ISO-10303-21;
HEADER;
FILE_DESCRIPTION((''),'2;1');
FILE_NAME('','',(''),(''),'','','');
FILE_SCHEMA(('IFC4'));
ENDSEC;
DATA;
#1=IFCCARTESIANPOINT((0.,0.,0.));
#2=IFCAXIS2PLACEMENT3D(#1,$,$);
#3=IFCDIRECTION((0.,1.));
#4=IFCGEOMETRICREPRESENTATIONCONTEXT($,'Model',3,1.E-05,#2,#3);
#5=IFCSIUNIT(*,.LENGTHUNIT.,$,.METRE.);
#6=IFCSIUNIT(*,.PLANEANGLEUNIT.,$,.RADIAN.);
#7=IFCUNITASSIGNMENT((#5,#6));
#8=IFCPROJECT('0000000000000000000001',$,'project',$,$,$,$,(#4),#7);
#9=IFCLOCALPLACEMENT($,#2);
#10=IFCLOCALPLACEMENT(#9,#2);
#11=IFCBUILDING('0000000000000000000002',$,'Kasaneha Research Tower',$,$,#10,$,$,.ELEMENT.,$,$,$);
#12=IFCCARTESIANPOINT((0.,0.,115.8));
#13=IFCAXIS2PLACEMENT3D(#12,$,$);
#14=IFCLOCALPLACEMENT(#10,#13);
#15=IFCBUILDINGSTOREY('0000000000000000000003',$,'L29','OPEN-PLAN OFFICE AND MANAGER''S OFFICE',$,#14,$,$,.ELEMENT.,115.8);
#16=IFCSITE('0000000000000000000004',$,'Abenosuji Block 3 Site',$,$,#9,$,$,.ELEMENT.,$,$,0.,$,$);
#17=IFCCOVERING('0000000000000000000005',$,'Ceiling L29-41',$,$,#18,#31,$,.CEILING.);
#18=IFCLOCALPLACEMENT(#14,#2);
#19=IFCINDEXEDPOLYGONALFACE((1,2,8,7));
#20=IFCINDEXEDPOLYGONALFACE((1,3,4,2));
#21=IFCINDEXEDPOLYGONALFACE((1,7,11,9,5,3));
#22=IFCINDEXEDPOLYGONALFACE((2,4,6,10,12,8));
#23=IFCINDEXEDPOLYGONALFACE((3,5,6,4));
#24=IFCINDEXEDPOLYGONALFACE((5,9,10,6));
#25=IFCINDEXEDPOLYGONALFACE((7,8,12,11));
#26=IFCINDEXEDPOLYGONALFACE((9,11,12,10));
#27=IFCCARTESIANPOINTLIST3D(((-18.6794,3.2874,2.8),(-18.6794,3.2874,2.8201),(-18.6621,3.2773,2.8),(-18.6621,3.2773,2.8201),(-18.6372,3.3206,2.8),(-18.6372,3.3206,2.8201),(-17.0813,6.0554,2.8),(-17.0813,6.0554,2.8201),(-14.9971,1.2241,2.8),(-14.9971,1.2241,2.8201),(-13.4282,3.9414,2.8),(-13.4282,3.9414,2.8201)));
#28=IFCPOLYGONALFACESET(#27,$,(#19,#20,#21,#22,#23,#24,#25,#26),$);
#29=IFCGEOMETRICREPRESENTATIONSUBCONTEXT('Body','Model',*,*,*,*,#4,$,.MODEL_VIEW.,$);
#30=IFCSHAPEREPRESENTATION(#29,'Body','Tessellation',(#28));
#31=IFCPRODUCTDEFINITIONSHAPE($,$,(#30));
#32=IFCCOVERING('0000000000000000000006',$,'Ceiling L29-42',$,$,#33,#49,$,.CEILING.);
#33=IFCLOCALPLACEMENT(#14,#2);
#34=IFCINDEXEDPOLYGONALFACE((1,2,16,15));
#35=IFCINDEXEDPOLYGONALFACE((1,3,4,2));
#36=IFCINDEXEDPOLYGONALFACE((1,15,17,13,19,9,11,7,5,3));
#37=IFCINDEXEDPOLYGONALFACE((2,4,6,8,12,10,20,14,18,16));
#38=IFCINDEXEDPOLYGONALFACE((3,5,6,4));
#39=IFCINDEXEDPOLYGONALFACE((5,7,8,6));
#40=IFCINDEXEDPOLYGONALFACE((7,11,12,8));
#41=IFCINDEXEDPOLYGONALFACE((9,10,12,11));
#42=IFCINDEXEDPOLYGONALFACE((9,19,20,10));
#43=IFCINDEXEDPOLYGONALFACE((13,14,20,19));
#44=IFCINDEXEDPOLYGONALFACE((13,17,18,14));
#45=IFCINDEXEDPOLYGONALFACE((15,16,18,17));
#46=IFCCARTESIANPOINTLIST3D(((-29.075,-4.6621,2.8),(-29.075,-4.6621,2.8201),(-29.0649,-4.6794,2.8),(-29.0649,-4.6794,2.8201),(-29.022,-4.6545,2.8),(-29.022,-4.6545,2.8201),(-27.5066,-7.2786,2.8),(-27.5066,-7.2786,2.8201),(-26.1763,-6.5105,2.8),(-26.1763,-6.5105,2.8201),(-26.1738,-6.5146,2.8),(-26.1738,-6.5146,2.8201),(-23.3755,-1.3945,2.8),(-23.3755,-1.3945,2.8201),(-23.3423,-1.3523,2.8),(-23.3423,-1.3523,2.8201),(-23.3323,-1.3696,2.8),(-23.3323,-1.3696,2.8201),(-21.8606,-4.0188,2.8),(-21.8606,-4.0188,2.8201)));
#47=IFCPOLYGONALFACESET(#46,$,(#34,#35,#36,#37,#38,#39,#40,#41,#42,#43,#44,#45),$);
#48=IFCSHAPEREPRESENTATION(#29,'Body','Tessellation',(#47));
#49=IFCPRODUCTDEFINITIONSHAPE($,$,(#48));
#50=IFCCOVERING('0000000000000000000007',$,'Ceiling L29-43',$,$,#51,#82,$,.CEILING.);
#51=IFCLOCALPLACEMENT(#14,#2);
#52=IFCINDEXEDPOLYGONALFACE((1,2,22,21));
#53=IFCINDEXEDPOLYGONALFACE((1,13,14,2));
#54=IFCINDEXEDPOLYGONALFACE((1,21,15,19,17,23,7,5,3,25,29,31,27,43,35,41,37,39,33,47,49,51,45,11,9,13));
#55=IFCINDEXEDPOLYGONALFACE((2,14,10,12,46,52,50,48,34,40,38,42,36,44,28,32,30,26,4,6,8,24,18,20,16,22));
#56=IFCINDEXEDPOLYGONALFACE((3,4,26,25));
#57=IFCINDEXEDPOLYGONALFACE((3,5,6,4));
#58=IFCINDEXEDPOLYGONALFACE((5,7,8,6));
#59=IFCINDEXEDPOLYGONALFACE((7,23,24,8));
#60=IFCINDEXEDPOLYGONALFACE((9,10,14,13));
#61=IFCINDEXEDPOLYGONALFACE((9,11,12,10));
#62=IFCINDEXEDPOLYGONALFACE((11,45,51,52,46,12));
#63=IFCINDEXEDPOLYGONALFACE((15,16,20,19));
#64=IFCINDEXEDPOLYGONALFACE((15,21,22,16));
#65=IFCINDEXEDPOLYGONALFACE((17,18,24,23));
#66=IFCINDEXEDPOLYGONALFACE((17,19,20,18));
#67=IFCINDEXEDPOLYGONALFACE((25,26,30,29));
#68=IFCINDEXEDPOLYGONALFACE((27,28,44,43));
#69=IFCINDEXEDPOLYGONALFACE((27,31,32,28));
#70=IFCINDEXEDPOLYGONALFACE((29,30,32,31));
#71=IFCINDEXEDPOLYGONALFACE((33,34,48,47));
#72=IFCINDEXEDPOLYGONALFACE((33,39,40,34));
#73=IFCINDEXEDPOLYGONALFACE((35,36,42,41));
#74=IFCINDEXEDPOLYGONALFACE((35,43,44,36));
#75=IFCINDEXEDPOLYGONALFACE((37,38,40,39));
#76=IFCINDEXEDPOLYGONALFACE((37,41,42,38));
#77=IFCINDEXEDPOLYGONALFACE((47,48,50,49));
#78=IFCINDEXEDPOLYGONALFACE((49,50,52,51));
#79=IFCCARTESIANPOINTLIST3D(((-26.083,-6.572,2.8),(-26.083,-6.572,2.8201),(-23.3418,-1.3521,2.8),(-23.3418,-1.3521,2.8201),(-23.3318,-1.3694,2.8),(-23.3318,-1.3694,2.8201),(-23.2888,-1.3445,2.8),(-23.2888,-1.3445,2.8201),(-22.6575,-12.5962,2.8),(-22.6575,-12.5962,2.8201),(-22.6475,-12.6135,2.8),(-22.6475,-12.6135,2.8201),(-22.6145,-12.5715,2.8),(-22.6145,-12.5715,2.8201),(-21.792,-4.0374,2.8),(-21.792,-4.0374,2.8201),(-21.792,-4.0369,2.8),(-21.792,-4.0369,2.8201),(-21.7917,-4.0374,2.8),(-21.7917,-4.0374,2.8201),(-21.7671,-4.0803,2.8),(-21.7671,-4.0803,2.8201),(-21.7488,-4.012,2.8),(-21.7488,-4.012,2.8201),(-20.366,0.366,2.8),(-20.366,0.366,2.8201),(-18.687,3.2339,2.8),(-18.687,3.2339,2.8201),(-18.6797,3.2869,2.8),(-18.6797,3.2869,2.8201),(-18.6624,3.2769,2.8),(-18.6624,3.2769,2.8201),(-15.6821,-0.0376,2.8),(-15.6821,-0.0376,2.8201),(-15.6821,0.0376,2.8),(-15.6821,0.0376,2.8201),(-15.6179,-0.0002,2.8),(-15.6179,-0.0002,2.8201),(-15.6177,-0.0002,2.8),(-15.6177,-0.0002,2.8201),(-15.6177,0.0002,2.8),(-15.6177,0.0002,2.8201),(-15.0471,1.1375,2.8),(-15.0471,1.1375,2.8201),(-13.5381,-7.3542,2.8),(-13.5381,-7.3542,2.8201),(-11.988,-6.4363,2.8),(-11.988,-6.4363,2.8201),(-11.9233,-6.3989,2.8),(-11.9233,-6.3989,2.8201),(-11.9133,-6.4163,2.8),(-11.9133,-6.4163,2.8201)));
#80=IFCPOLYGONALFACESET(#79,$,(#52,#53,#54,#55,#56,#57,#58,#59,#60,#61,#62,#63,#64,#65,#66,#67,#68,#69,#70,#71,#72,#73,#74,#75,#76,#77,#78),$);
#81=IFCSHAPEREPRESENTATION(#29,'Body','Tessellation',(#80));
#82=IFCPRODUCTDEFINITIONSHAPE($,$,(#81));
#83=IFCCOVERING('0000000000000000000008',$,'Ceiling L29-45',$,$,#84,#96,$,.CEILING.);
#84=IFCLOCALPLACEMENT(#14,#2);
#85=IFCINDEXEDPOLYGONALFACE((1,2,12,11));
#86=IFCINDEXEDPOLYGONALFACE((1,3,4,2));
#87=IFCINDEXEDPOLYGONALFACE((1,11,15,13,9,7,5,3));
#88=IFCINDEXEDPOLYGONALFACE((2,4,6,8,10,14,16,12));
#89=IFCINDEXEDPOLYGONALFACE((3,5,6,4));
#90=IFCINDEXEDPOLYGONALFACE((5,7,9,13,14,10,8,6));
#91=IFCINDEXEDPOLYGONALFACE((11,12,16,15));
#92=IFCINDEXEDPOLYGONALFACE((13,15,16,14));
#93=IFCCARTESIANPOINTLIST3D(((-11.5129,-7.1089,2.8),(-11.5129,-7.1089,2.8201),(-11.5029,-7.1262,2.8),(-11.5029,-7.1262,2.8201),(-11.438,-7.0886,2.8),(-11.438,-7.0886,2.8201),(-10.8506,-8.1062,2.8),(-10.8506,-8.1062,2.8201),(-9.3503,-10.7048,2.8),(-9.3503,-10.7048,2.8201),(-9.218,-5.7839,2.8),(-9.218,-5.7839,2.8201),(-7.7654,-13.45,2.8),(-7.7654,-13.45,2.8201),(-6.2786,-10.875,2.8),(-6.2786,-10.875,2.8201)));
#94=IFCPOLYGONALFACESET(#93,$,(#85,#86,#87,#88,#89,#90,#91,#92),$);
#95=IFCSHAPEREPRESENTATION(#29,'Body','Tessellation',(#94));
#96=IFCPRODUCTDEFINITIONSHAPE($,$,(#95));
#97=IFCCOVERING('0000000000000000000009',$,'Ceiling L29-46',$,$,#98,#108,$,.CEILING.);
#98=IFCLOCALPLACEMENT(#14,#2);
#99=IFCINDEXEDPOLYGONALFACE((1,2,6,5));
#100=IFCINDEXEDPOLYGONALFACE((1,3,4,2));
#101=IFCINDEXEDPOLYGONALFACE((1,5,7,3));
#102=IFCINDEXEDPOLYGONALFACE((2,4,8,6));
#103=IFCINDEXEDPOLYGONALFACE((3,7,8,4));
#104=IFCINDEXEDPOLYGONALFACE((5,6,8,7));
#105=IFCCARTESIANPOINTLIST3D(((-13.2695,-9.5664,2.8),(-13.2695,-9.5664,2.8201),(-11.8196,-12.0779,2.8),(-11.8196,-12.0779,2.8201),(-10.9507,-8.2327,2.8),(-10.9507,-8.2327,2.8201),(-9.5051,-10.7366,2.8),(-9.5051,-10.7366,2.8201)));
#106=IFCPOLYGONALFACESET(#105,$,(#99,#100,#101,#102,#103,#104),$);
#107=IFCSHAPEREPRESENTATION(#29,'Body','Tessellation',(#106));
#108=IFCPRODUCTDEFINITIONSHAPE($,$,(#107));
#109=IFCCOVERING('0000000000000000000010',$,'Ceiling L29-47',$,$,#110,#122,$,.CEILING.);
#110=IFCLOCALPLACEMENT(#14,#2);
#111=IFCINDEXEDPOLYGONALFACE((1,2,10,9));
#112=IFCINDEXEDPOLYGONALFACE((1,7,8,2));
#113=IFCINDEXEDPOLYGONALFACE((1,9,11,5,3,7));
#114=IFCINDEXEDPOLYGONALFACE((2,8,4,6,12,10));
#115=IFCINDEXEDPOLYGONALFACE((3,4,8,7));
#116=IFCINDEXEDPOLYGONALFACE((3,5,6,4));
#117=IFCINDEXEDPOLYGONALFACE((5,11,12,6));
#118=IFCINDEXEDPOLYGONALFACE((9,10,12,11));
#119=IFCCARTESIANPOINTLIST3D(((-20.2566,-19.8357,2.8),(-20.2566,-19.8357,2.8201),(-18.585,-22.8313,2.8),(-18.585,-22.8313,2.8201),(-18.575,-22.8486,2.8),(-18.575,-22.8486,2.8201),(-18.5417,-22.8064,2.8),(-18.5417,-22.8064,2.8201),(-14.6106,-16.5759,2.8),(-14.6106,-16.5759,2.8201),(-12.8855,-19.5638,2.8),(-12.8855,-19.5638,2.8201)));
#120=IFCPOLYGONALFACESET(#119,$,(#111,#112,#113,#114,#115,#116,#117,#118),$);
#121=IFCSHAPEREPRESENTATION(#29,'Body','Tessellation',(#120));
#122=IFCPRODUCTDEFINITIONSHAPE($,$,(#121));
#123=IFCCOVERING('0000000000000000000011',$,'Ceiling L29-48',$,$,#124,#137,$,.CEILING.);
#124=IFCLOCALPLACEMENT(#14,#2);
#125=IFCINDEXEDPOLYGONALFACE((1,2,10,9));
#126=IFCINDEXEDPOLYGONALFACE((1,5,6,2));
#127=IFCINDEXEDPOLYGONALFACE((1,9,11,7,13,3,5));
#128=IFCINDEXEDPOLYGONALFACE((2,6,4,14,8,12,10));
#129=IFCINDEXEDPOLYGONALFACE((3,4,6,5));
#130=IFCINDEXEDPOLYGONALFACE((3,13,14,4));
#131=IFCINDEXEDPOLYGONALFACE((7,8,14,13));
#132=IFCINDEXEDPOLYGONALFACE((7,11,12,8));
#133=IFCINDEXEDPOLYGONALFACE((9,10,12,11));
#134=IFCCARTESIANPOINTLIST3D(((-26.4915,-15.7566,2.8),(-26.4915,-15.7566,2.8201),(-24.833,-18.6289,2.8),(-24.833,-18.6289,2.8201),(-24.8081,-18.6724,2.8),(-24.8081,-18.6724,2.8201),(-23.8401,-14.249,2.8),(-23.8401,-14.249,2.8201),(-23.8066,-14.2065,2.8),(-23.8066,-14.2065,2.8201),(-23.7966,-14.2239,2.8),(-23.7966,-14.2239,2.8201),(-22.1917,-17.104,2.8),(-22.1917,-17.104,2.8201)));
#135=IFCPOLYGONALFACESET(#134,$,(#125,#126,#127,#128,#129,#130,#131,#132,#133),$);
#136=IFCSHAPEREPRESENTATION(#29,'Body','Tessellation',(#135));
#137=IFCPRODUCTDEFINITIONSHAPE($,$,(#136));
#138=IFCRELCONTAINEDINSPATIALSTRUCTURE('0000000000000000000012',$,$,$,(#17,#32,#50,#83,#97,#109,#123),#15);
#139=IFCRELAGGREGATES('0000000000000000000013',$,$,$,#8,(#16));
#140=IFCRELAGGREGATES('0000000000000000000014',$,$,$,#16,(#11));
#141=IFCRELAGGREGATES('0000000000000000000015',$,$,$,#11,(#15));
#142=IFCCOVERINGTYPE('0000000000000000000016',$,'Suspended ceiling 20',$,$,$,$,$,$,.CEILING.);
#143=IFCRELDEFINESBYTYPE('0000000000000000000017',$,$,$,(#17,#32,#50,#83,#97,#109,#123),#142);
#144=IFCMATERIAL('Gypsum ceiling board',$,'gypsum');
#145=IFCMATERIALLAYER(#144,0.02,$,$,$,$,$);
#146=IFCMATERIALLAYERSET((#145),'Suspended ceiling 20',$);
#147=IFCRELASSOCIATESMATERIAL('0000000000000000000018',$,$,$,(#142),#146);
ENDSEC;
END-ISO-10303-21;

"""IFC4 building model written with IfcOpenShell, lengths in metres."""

from ifc_helpers import new_model, si_unit, direction, frame, origin, place, context, subcontext, project, spatial, polyline, outline, extrude, material, layer, layer_set, type_object, element, save


model = new_model("IFC4")

# Units and contexts
model_context = context("Model", 3, precision=1e-05, world=origin(), true_north=direction((0.0, 1.0)))
body_context = subcontext(model_context, "Body", "Model", "MODEL_VIEW")
ifc_project = project(units=[si_unit("LENGTHUNIT", "METRE"), si_unit("PLANEANGLEUNIT", "RADIAN")], contexts=[model_context])

# Site, building, storey
site_placement = place(None, origin())
site = spatial("IfcSite", under=ifc_project, at=site_placement, Name="Abenosuji Block 3 Site", CompositionType="ELEMENT", RefElevation=0.0)
building_placement = place(site_placement, origin())
building = spatial("IfcBuilding", under=site, at=building_placement, Name="Kasaneha Research Tower", CompositionType="ELEMENT")
storey_placement = place(building_placement, frame((0.0, 0.0, 115.8)))
storey = spatial("IfcBuildingStorey", under=building, at=storey_placement, Name="L29", Description="OPEN-PLAN OFFICE AND MANAGER'S OFFICE", CompositionType="ELEMENT", Elevation=115.8)

# Coverings
ifc_material_1 = material(Name="Gypsum ceiling board", Category="gypsum")
ifc_layer_1 = layer(ifc_material_1, 0.02)
ifc_layer_set_1 = layer_set([ifc_layer_1], Name="Suspended ceiling 20")
covering_type = type_object("IfcCoveringType", Name="Suspended ceiling 20", PredefinedType="CEILING", material=ifc_layer_set_1)
covering_1_placement = place(storey_placement, frame((0.0, 0.0, 2.8)))
element("IfcCovering", 1, at=covering_1_placement, inside=storey, type_object=covering_type, Name="Ceiling L29-41", PredefinedType="CEILING", context=body_context, shape_type="SweptSolid", body=[
    extrude(outline(polyline([(-18.6794, 3.2874), (-17.0813, 6.0554), (-13.4282, 3.9414), (-14.9971, 1.2241), (-18.6372, 3.3206), (-18.6621, 3.2773), (-18.6794, 3.2874)])), origin(), (0.0, 0.0, 1.0), 0.02),
])
covering_2_placement = place(storey_placement, frame((0.0, 0.0, 2.8)))
element("IfcCovering", 2, at=covering_2_placement, inside=storey, type_object=covering_type, Name="Ceiling L29-42", PredefinedType="CEILING", context=body_context, shape_type="SweptSolid", body=[
    extrude(outline(polyline([(-23.3423, -1.3523), (-23.3323, -1.3696), (-23.3755, -1.3945), (-21.8606, -4.0188), (-26.1763, -6.5105), (-26.1738, -6.5146), (-27.5066, -7.2786), (-29.022, -4.6545), (-29.0649, -4.6794), (-29.075, -4.6621), (-23.3423, -1.3523)])), origin(), (0.0, 0.0, 1.0), 0.02),
])
covering_3_placement = place(storey_placement, frame((0.0, 0.0, 2.8)))
element("IfcCovering", 3, at=covering_3_placement, inside=storey, type_object=covering_type, Name="Ceiling L29-43", PredefinedType="CEILING", context=body_context, shape_type="SweptSolid", body=[
    extrude(outline(polyline([(-21.7917, -4.0374), (-21.792, -4.0369), (-21.7488, -4.012), (-23.2888, -1.3445), (-23.3318, -1.3694), (-23.3418, -1.3521), (-20.366, 0.366), (-18.6797, 3.2869), (-18.6624, 3.2769), (-18.687, 3.2339), (-15.0471, 1.1375), (-15.6821, 0.0376), (-15.6177, 0.0002), (-15.6179, -0.0002), (-15.6177, -0.0002), (-15.6821, -0.0376), (-11.988, -6.4363), (-11.9233, -6.3989), (-11.9133, -6.4163), (-13.5381, -7.3542), (-22.6475, -12.6135), (-22.6575, -12.5962), (-22.6145, -12.5715), (-26.083, -6.572), (-21.7671, -4.0803), (-21.792, -4.0374), (-21.7917, -4.0374)])), origin(), (0.0, 0.0, 1.0), 0.02),
])
covering_4_placement = place(storey_placement, frame((0.0, 0.0, 2.8)))
element("IfcCovering", 4, at=covering_4_placement, inside=storey, type_object=covering_type, Name="Ceiling L29-45", PredefinedType="CEILING", context=body_context, shape_type="SweptSolid", body=[
    extrude(outline(polyline([(-7.7654, -13.45), (-9.3503, -10.7048), (-9.3503, -10.7048), (-10.8506, -8.1062), (-10.8506, -8.1062), (-11.438, -7.0886), (-11.5029, -7.1262), (-11.5129, -7.1089), (-9.218, -5.7839), (-6.2786, -10.875), (-7.7654, -13.45)])), origin(), (0.0, 0.0, 1.0), 0.02),
])
covering_5_placement = place(storey_placement, frame((0.0, 0.0, 2.8)))
element("IfcCovering", 5, at=covering_5_placement, inside=storey, type_object=covering_type, Name="Ceiling L29-46", PredefinedType="CEILING", context=body_context, shape_type="SweptSolid", body=[
    extrude(outline(polyline([(-9.5051, -10.7366), (-11.8196, -12.0779), (-13.2695, -9.5664), (-10.9507, -8.2327), (-9.5051, -10.7366)])), origin(), (0.0, 0.0, 1.0), 0.02),
])
covering_6_placement = place(storey_placement, frame((0.0, 0.0, 2.8)))
element("IfcCovering", 6, at=covering_6_placement, inside=storey, type_object=covering_type, Name="Ceiling L29-47", PredefinedType="CEILING", context=body_context, shape_type="SweptSolid", body=[
    extrude(outline(polyline([(-18.575, -22.8486), (-18.585, -22.8313), (-18.5417, -22.8064), (-20.2566, -19.8357), (-14.6106, -16.5759), (-12.8855, -19.5637), (-12.8423, -19.5388), (-12.8423, -19.5388), (-18.575, -22.8486)])), origin(), (0.0, 0.0, 1.0), 0.02),
])
covering_7_placement = place(storey_placement, frame((0.0, 0.0, 2.8)))
element("IfcCovering", 7, at=covering_7_placement, inside=storey, type_object=covering_type, Name="Ceiling L29-48", PredefinedType="CEILING", context=body_context, shape_type="SweptSolid", body=[
    extrude(outline(polyline([(-23.8066, -14.2065), (-23.7966, -14.2239), (-23.8401, -14.249), (-22.1917, -17.104), (-24.833, -18.6289), (-24.8081, -18.6724), (-24.8081, -18.6724), (-26.4915, -15.7566), (-23.8066, -14.2065)])), origin(), (0.0, 0.0, 1.0), 0.02),
])

save(model, "model.ifc")
